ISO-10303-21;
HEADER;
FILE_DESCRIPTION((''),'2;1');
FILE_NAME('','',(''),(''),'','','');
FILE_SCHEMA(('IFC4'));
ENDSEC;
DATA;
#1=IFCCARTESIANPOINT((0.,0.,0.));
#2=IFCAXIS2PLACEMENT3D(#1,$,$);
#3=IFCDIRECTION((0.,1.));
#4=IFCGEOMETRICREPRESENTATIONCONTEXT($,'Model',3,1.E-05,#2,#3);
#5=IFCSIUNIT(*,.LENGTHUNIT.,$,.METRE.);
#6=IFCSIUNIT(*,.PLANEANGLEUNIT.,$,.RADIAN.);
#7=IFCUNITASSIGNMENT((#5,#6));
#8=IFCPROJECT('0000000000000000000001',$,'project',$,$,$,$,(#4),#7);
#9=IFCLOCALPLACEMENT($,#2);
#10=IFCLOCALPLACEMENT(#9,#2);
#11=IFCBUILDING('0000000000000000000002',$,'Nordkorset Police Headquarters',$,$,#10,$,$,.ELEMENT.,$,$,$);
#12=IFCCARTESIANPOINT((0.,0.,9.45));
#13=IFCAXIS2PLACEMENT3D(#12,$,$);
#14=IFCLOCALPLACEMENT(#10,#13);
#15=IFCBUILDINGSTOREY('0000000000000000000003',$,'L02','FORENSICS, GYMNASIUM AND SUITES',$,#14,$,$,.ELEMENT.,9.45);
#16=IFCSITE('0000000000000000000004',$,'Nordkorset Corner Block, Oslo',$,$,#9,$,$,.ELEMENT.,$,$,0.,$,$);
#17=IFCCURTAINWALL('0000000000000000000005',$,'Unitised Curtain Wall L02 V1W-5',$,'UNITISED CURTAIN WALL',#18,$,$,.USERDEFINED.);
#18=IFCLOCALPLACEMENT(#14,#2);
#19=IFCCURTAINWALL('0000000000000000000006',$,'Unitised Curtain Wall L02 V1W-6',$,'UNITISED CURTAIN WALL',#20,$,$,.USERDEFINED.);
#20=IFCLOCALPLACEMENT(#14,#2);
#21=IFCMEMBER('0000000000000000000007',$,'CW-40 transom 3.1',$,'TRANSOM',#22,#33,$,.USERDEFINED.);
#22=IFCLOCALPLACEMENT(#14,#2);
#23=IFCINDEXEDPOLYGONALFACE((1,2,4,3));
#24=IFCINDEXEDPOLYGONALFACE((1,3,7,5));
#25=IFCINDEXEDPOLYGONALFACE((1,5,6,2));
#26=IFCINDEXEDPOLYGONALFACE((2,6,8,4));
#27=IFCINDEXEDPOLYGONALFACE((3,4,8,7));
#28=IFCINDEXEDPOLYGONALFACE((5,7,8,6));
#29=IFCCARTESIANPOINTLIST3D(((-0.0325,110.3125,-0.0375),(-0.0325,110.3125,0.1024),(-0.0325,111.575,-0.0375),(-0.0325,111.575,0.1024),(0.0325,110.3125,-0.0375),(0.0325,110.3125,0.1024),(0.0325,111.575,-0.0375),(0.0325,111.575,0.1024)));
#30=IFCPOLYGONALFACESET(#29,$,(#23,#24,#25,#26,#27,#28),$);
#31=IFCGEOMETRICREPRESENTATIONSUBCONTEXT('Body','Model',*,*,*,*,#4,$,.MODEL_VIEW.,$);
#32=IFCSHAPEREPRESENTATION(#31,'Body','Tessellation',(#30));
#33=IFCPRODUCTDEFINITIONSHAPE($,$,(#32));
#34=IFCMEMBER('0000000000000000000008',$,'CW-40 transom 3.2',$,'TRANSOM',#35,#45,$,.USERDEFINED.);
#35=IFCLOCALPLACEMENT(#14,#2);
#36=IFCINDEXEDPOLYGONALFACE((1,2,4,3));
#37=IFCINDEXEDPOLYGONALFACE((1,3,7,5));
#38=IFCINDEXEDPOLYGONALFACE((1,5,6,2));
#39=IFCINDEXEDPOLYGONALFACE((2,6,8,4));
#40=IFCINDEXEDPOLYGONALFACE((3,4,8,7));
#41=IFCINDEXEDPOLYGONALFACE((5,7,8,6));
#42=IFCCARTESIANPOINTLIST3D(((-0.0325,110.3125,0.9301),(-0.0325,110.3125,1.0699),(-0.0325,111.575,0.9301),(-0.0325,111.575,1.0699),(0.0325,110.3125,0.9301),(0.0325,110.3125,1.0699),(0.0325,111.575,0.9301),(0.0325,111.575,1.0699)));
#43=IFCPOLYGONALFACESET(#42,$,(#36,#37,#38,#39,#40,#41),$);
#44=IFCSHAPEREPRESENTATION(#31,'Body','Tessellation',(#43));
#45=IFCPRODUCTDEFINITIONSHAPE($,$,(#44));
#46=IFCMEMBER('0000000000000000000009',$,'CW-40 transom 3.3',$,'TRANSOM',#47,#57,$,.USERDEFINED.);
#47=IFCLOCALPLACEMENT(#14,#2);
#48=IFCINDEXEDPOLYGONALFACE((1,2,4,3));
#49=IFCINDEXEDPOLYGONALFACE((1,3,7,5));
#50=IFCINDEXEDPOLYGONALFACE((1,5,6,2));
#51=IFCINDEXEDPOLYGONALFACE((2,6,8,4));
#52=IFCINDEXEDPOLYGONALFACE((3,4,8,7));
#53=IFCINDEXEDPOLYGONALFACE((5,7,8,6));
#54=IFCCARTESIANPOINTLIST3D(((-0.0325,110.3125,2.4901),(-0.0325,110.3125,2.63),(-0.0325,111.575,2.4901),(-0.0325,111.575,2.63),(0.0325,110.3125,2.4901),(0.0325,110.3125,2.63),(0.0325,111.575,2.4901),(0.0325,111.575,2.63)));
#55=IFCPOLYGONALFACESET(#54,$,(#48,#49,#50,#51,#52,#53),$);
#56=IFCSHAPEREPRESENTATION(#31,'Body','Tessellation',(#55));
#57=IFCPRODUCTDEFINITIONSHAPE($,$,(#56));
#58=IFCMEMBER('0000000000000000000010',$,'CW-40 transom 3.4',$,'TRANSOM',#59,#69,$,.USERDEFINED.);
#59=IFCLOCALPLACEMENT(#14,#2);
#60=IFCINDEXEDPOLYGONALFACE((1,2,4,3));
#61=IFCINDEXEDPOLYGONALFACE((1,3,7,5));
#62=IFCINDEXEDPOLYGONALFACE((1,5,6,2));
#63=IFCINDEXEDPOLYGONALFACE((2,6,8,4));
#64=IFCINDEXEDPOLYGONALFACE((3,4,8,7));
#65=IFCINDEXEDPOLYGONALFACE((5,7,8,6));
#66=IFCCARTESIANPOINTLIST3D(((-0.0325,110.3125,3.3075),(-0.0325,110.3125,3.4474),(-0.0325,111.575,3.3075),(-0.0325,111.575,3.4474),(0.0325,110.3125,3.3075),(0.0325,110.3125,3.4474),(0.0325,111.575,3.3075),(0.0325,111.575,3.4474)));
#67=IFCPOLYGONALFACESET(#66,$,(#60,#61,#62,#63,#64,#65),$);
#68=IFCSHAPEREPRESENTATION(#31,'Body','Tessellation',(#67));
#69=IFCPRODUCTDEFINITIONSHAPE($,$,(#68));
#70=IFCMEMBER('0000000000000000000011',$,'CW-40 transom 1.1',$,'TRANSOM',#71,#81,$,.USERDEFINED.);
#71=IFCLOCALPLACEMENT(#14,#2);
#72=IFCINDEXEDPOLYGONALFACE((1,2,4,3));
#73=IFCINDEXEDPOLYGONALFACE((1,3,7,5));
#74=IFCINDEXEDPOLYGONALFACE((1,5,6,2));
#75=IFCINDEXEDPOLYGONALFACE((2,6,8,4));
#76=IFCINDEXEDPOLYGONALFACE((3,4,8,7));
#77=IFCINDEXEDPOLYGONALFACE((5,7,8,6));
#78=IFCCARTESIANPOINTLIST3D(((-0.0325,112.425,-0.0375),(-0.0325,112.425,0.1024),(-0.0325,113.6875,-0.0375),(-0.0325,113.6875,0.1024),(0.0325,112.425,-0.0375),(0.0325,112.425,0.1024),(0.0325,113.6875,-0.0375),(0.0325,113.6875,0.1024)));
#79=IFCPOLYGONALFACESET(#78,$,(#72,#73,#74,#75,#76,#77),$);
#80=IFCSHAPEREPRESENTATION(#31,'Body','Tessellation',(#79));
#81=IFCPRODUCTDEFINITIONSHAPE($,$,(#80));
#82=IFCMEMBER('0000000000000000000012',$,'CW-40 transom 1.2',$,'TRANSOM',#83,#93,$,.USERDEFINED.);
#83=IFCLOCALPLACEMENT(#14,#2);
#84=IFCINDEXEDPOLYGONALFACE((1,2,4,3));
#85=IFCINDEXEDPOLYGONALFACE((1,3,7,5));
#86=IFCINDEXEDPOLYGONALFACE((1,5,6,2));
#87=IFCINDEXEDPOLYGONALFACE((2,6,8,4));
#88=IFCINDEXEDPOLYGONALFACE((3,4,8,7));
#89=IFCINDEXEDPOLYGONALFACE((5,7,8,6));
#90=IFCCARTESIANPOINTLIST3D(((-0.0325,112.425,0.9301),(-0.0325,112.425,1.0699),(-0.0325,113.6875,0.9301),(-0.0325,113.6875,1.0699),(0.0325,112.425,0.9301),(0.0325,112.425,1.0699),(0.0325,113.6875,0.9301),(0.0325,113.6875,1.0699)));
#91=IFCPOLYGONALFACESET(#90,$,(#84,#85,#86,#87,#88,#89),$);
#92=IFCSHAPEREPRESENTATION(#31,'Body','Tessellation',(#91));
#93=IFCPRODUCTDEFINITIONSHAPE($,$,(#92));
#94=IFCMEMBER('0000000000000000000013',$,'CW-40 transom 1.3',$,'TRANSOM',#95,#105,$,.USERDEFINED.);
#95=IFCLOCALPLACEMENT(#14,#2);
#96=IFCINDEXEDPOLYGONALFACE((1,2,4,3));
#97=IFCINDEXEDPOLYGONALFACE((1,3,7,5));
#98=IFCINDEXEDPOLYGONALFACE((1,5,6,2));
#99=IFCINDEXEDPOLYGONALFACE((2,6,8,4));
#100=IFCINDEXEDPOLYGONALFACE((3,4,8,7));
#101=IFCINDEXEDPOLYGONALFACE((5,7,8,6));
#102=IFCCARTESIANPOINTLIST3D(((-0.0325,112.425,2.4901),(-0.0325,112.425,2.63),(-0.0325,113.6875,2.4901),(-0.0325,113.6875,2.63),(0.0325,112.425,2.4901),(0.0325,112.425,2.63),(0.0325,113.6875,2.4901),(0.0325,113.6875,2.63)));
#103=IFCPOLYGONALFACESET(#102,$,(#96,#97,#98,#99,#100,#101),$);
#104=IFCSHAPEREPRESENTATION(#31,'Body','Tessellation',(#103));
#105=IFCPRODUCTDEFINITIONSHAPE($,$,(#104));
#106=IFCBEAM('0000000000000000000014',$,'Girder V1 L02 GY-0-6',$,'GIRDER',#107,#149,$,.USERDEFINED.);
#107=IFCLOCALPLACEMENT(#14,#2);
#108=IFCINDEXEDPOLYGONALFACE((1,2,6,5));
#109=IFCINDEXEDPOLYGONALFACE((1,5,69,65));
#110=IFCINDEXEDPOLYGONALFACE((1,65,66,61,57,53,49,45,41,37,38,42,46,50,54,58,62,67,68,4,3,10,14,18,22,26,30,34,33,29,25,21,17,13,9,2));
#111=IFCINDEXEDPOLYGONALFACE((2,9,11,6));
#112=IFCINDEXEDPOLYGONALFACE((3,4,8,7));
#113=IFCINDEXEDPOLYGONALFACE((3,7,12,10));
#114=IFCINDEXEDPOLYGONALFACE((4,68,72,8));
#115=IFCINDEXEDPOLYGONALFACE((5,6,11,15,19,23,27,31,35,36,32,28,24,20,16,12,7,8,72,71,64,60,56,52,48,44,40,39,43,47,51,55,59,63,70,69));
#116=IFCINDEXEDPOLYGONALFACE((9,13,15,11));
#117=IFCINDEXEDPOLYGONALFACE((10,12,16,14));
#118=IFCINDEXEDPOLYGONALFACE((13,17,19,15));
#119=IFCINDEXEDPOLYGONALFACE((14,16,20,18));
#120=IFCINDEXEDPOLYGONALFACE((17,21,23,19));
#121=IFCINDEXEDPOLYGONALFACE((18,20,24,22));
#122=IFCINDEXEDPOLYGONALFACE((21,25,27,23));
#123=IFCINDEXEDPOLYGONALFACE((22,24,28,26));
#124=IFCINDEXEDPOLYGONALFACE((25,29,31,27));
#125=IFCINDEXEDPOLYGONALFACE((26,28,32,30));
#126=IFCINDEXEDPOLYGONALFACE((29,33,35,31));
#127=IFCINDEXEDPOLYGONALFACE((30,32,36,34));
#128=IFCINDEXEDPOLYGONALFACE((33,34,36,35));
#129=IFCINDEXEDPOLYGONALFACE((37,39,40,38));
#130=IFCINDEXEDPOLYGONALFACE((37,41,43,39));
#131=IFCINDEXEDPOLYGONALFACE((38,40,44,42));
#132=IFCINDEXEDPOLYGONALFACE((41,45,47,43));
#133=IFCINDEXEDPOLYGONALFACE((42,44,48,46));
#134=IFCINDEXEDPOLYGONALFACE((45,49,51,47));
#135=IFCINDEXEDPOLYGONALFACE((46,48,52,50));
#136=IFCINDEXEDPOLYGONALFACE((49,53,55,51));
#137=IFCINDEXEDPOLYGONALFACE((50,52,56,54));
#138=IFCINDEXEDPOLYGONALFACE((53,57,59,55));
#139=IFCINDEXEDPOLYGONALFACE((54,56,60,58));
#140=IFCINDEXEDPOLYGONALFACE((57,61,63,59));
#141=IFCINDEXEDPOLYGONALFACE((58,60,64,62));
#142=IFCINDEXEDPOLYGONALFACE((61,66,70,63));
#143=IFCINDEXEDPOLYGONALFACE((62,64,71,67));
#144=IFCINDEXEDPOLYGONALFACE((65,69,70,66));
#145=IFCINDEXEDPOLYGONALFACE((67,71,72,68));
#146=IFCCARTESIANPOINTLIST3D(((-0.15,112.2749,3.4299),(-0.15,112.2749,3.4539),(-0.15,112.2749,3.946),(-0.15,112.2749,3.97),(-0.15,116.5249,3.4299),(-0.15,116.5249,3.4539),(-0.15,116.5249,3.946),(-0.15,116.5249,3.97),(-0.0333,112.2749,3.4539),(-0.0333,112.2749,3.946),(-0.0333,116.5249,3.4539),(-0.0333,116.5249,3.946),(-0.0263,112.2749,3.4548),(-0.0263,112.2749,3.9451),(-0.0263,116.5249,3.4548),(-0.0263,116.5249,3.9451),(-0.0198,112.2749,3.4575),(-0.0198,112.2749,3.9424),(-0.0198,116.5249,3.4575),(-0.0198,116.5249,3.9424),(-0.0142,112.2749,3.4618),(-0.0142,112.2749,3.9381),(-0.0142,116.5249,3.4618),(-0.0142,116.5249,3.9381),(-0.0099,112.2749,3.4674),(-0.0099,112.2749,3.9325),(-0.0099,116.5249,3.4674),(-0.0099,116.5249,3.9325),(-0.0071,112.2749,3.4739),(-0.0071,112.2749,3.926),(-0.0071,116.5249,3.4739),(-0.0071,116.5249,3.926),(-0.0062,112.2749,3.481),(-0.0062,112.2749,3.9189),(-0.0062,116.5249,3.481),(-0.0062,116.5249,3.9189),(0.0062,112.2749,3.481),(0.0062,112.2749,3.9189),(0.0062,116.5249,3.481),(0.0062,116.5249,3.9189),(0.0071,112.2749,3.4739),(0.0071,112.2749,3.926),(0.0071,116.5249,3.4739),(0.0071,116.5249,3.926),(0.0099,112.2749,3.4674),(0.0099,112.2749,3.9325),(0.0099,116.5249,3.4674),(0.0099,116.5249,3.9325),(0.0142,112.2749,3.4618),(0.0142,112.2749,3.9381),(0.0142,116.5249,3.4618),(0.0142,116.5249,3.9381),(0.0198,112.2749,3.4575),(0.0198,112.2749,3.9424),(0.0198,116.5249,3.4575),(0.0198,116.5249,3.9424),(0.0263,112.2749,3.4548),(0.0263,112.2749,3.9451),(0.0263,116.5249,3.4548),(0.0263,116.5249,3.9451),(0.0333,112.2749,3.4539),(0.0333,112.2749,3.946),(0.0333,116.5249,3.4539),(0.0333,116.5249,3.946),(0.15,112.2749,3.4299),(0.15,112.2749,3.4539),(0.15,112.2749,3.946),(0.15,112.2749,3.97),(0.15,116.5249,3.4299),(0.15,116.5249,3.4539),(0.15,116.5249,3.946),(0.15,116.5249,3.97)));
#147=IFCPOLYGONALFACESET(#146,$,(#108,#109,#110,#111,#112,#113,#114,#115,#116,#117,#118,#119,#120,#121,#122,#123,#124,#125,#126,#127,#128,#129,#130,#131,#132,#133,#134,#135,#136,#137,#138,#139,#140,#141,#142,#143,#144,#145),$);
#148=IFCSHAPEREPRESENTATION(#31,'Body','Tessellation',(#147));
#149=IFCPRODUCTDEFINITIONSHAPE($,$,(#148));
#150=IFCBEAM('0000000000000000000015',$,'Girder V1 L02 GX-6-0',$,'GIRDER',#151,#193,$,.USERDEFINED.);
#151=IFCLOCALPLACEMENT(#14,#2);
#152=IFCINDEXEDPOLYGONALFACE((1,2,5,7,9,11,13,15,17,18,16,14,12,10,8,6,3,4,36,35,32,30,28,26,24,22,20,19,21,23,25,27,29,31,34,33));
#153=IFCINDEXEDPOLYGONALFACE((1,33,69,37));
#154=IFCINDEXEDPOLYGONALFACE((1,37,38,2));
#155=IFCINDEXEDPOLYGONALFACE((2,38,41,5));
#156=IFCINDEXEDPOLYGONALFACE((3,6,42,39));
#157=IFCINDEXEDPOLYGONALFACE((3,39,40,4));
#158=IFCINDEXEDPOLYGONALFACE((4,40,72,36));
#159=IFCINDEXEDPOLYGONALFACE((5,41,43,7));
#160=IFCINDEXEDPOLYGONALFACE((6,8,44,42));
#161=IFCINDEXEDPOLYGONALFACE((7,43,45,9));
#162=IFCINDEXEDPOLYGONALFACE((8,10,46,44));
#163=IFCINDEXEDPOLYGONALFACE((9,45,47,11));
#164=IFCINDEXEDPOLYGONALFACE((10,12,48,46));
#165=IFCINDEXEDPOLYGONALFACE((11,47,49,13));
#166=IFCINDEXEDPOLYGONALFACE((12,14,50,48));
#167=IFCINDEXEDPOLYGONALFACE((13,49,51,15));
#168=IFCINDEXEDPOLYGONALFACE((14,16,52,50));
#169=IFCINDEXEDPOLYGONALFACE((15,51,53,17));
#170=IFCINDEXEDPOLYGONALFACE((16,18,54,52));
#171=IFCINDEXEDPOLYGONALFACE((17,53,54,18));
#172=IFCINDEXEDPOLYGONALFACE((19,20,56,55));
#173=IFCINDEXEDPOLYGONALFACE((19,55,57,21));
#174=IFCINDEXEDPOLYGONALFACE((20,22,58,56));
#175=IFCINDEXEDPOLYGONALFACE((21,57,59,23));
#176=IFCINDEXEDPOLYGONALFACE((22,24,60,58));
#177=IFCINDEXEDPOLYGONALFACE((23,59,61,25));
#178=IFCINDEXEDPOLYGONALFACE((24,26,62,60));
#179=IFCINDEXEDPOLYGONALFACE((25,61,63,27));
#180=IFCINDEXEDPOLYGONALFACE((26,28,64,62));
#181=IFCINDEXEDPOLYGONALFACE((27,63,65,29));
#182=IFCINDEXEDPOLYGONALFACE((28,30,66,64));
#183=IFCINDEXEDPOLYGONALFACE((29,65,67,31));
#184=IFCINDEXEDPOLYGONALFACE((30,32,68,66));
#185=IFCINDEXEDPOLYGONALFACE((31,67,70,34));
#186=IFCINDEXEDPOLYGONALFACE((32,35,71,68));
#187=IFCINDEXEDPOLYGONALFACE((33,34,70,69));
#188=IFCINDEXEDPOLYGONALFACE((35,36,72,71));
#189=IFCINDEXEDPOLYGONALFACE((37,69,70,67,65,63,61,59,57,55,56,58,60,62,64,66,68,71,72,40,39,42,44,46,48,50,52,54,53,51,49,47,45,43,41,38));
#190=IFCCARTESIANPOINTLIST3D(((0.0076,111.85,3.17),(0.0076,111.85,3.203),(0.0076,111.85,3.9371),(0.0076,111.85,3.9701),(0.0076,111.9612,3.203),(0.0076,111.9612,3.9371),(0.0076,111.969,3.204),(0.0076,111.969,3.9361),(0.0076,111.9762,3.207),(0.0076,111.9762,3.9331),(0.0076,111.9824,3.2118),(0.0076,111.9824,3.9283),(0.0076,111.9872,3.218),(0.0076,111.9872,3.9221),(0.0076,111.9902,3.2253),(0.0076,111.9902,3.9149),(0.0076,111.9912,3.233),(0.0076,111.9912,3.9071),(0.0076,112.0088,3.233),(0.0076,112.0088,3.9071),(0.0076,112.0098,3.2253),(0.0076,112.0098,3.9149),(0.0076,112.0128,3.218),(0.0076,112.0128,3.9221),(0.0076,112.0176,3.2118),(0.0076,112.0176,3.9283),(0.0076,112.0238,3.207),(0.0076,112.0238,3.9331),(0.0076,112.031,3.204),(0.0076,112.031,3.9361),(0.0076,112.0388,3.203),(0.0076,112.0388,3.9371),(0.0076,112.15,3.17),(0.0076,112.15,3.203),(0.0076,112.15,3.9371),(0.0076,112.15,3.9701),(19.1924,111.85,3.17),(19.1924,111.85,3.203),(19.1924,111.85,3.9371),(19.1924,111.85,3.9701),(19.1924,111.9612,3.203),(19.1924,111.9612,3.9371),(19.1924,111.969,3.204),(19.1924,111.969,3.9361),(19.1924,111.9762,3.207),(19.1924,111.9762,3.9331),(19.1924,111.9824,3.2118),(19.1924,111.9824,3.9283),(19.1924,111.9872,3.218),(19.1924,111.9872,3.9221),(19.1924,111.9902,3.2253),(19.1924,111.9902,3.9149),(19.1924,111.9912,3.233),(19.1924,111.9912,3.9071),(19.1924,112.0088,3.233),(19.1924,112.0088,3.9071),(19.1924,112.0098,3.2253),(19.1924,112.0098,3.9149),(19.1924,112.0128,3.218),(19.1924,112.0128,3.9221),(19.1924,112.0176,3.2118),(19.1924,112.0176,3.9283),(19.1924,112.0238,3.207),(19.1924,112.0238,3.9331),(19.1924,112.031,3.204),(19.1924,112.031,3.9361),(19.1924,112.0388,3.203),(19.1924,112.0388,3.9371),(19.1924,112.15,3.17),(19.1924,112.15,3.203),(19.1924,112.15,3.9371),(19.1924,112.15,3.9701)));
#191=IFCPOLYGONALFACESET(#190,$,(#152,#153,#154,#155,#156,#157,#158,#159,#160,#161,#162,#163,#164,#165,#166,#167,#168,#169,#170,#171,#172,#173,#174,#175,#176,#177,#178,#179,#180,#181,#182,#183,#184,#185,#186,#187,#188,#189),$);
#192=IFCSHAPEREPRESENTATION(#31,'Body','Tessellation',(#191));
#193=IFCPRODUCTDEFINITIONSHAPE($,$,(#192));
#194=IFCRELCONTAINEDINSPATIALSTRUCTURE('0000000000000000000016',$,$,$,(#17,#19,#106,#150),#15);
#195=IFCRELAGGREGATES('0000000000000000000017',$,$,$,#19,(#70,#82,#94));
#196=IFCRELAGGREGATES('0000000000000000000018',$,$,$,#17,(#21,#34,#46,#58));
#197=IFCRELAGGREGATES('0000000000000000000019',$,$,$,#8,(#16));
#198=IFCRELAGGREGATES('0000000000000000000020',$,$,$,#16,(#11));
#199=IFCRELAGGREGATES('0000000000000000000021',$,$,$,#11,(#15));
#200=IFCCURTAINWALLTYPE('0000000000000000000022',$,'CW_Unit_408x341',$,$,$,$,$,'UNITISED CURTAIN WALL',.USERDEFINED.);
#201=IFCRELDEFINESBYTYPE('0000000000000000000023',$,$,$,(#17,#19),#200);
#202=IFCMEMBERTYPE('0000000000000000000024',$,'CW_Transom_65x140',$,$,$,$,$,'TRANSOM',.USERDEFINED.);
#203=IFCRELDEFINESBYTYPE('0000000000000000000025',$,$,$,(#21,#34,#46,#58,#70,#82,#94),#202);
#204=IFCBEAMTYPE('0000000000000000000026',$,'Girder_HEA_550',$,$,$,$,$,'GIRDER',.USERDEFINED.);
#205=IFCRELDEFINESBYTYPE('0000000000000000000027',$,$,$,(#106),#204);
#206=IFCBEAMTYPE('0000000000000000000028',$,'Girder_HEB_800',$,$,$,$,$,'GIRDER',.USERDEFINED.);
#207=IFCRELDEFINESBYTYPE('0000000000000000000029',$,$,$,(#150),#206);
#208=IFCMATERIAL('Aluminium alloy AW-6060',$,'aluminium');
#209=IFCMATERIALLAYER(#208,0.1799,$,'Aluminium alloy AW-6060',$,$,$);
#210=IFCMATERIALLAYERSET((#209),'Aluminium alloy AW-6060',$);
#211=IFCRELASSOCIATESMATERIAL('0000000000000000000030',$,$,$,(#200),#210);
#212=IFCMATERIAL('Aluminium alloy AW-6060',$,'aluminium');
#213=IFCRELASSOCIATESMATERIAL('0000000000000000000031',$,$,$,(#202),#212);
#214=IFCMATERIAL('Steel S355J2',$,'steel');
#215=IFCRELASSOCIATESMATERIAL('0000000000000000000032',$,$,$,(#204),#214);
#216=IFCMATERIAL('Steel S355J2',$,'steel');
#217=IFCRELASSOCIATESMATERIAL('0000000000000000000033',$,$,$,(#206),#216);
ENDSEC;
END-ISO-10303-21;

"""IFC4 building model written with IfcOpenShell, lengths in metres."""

from ifc_helpers import new_model, si_unit, direction, frame, origin, origin_2d, place, context, subcontext, project, spatial, rectangle, i_section, extrude, material, layer, layer_set, material_profile, profile_set, type_object, element, aggregate, save


model = new_model("IFC4")

# Units and contexts
model_context = context("Model", 3, precision=1e-05, world=origin(), true_north=direction((0.0, 1.0)))
body_context = subcontext(model_context, "Body", "Model", "MODEL_VIEW")
ifc_project = project(units=[si_unit("LENGTHUNIT", "METRE"), si_unit("PLANEANGLEUNIT", "RADIAN")], contexts=[model_context])

# Site, building, storey
site_placement = place(None, origin())
site = spatial("IfcSite", under=ifc_project, at=site_placement, Name="Nordkorset Corner Block, Oslo", CompositionType="ELEMENT", RefElevation=0.0)
building_placement = place(site_placement, origin())
building = spatial("IfcBuilding", under=site, at=building_placement, Name="Nordkorset Police Headquarters", CompositionType="ELEMENT")
storey_placement = place(building_placement, frame((0.0, 0.0, 9.45)))
storey = spatial("IfcBuildingStorey", under=building, at=storey_placement, Name="L02", Description="FORENSICS, GYMNASIUM AND SUITES", CompositionType="ELEMENT", Elevation=9.45)

# Curtain wall
ifc_material_1 = material(Name="Aluminium alloy AW-6060", Category="aluminium")
ifc_layer_1 = layer(ifc_material_1, 0.1799, Name="Aluminium alloy AW-6060")
ifc_layer_set_1 = layer_set([ifc_layer_1], Name="Aluminium alloy AW-6060")
curtain_wall_type = type_object("IfcCurtainWallType", Name="CW_Unit_408x341", ElementType="UNITISED CURTAIN WALL", PredefinedType="USERDEFINED", material=ifc_layer_set_1)
curtain_wall_1_placement = place(storey_placement, origin())
curtain_wall_1 = element("IfcCurtainWall", 1, at=curtain_wall_1_placement, inside=storey, type_object=curtain_wall_type, Name="Unitised Curtain Wall L02 V1W-5", ObjectType="UNITISED CURTAIN WALL", PredefinedType="USERDEFINED")

# Curtain wall
curtain_wall_2_placement = place(storey_placement, origin())
curtain_wall_2 = element("IfcCurtainWall", 2, at=curtain_wall_2_placement, inside=storey, type_object=curtain_wall_type, Name="Unitised Curtain Wall L02 V1W-6", ObjectType="UNITISED CURTAIN WALL", PredefinedType="USERDEFINED")

# Members
ifc_material_2 = material(Name="Aluminium alloy AW-6060", Category="aluminium")
ifc_material_profile_1 = material_profile(ifc_material_2, rectangle(XDim=0.0649, YDim=0.1399, at=origin_2d()), Name="ALU TRAN 65x140")
ifc_profile_set_1 = profile_set([ifc_material_profile_1], Name="Aluminium alloy AW-6060")
member_type_1 = type_object("IfcMemberType", Name="CW_Transom_65x140", ElementType="TRANSOM", PredefinedType="USERDEFINED", material=ifc_profile_set_1)
member_1_placement = place(storey_placement, frame((0.0, 110.3125, 0.0325), z_axis=(0.0, 1.0, 0.0), x_axis=(-1.0, 0.0, 0.0)))
member_1 = element("IfcMember", 3, at=member_1_placement, type_object=member_type_1, Name="CW-40 transom 3.1", ObjectType="TRANSOM", PredefinedType="USERDEFINED", context=body_context, shape_type="SweptSolid", body=[
    extrude(rectangle(XDim=0.0649, YDim=0.1399, at=origin_2d()), origin(), (0.0, 0.0, 1.0), 1.2625),
])
member_2_placement = place(storey_placement, frame((0.0, 110.3125, 1.0), z_axis=(0.0, 1.0, 0.0), x_axis=(-1.0, 0.0, 0.0)))
member_2 = element("IfcMember", 4, at=member_2_placement, type_object=member_type_1, Name="CW-40 transom 3.2", ObjectType="TRANSOM", PredefinedType="USERDEFINED", context=body_context, shape_type="SweptSolid", body=[
    extrude(rectangle(XDim=0.0649, YDim=0.1399, at=origin_2d()), origin(), (0.0, 0.0, 1.0), 1.2625),
])
member_3_placement = place(storey_placement, frame((0.0, 110.3125, 2.5601), z_axis=(0.0, 1.0, 0.0), x_axis=(-1.0, 0.0, 0.0)))
member_3 = element("IfcMember", 5, at=member_3_placement, type_object=member_type_1, Name="CW-40 transom 3.3", ObjectType="TRANSOM", PredefinedType="USERDEFINED", context=body_context, shape_type="SweptSolid", body=[
    extrude(rectangle(XDim=0.0649, YDim=0.1399, at=origin_2d()), origin(), (0.0, 0.0, 1.0), 1.2625),
])
member_4_placement = place(storey_placement, frame((0.0, 110.3125, 3.3774), z_axis=(0.0, 1.0, 0.0), x_axis=(-1.0, 0.0, 0.0)))
member_4 = element("IfcMember", 6, at=member_4_placement, type_object=member_type_1, Name="CW-40 transom 3.4", ObjectType="TRANSOM", PredefinedType="USERDEFINED", context=body_context, shape_type="SweptSolid", body=[
    extrude(rectangle(XDim=0.0649, YDim=0.1399, at=origin_2d()), origin(), (0.0, 0.0, 1.0), 1.2625),
])
member_5_placement = place(storey_placement, frame((0.0, 112.425, 0.0325), z_axis=(0.0, 1.0, 0.0), x_axis=(-1.0, 0.0, 0.0)))
member_5 = element("IfcMember", 7, at=member_5_placement, type_object=member_type_1, Name="CW-40 transom 1.1", ObjectType="TRANSOM", PredefinedType="USERDEFINED", context=body_context, shape_type="SweptSolid", body=[
    extrude(rectangle(XDim=0.0649, YDim=0.1399, at=origin_2d()), origin(), (0.0, 0.0, 1.0), 1.2625),
])
member_6_placement = place(storey_placement, frame((0.0, 112.425, 1.0), z_axis=(0.0, 1.0, 0.0), x_axis=(-1.0, 0.0, 0.0)))
member_6 = element("IfcMember", 8, at=member_6_placement, type_object=member_type_1, Name="CW-40 transom 1.2", ObjectType="TRANSOM", PredefinedType="USERDEFINED", context=body_context, shape_type="SweptSolid", body=[
    extrude(rectangle(XDim=0.0649, YDim=0.1399, at=origin_2d()), origin(), (0.0, 0.0, 1.0), 1.2625),
])
member_7_placement = place(storey_placement, frame((0.0, 112.425, 2.5601), z_axis=(0.0, 1.0, 0.0), x_axis=(-1.0, 0.0, 0.0)))
member_7 = element("IfcMember", 9, at=member_7_placement, type_object=member_type_1, Name="CW-40 transom 1.3", ObjectType="TRANSOM", PredefinedType="USERDEFINED", context=body_context, shape_type="SweptSolid", body=[
    extrude(rectangle(XDim=0.0649, YDim=0.1399, at=origin_2d()), origin(), (0.0, 0.0, 1.0), 1.2625),
])
aggregate(curtain_wall_2, [member_5, member_6, member_7])

# Beams
ifc_material_3 = material(Name="Steel S355J2", Category="steel")
ifc_material_profile_2 = material_profile(ifc_material_3, i_section(OverallWidth=0.3, OverallDepth=0.54, WebThickness=0.0125, FlangeThickness=0.0239, FilletRadius=0.0271, at=origin_2d()), Name="HEA 550")
ifc_profile_set_2 = profile_set([ifc_material_profile_2], Name="Steel S355J2")
beam_type_1 = type_object("IfcBeamType", Name="Girder_HEA_550", ElementType="GIRDER", PredefinedType="USERDEFINED", material=ifc_profile_set_2)
beam_1_placement = place(storey_placement, frame((0.0, 112.2749, 3.7), z_axis=(0.0, 1.0, 0.0), x_axis=(-1.0, 0.0, 0.0)))
element("IfcBeam", 10, at=beam_1_placement, inside=storey, type_object=beam_type_1, Name="Girder V1 L02 GY-0-6", ObjectType="GIRDER", PredefinedType="USERDEFINED", context=body_context, shape_type="SweptSolid", body=[
    extrude(i_section(OverallWidth=0.3, OverallDepth=0.54, WebThickness=0.0125, FlangeThickness=0.0239, FilletRadius=0.0271, at=origin_2d()), origin(), (0.0, 0.0, 1.0), 4.25),
])
ifc_material_4 = material(Name="Steel S355J2", Category="steel")
ifc_material_profile_3 = material_profile(ifc_material_4, i_section(OverallWidth=0.3, OverallDepth=0.8, WebThickness=0.0176, FlangeThickness=0.033, FilletRadius=0.03, at=origin_2d()), Name="HEB 800")
ifc_profile_set_3 = profile_set([ifc_material_profile_3], Name="Steel S355J2")
beam_type_2 = type_object("IfcBeamType", Name="Girder_HEB_800", ElementType="GIRDER", PredefinedType="USERDEFINED", material=ifc_profile_set_3)
beam_2_placement = place(storey_placement, frame((0.0076, 112.0, 3.5701), z_axis=(1.0, 0.0, 0.0), x_axis=(0.0, 1.0, 0.0)))
element("IfcBeam", 11, at=beam_2_placement, inside=storey, type_object=beam_type_2, Name="Girder V1 L02 GX-6-0", ObjectType="GIRDER", PredefinedType="USERDEFINED", context=body_context, shape_type="SweptSolid", body=[
    extrude(i_section(OverallWidth=0.3, OverallDepth=0.8, WebThickness=0.0176, FlangeThickness=0.033, FilletRadius=0.03, at=origin_2d()), origin(), (0.0, 0.0, 1.0), 19.1848),
])

aggregate(curtain_wall_1, [member_1, member_2, member_3, member_4])

save(model, "model.ifc")
